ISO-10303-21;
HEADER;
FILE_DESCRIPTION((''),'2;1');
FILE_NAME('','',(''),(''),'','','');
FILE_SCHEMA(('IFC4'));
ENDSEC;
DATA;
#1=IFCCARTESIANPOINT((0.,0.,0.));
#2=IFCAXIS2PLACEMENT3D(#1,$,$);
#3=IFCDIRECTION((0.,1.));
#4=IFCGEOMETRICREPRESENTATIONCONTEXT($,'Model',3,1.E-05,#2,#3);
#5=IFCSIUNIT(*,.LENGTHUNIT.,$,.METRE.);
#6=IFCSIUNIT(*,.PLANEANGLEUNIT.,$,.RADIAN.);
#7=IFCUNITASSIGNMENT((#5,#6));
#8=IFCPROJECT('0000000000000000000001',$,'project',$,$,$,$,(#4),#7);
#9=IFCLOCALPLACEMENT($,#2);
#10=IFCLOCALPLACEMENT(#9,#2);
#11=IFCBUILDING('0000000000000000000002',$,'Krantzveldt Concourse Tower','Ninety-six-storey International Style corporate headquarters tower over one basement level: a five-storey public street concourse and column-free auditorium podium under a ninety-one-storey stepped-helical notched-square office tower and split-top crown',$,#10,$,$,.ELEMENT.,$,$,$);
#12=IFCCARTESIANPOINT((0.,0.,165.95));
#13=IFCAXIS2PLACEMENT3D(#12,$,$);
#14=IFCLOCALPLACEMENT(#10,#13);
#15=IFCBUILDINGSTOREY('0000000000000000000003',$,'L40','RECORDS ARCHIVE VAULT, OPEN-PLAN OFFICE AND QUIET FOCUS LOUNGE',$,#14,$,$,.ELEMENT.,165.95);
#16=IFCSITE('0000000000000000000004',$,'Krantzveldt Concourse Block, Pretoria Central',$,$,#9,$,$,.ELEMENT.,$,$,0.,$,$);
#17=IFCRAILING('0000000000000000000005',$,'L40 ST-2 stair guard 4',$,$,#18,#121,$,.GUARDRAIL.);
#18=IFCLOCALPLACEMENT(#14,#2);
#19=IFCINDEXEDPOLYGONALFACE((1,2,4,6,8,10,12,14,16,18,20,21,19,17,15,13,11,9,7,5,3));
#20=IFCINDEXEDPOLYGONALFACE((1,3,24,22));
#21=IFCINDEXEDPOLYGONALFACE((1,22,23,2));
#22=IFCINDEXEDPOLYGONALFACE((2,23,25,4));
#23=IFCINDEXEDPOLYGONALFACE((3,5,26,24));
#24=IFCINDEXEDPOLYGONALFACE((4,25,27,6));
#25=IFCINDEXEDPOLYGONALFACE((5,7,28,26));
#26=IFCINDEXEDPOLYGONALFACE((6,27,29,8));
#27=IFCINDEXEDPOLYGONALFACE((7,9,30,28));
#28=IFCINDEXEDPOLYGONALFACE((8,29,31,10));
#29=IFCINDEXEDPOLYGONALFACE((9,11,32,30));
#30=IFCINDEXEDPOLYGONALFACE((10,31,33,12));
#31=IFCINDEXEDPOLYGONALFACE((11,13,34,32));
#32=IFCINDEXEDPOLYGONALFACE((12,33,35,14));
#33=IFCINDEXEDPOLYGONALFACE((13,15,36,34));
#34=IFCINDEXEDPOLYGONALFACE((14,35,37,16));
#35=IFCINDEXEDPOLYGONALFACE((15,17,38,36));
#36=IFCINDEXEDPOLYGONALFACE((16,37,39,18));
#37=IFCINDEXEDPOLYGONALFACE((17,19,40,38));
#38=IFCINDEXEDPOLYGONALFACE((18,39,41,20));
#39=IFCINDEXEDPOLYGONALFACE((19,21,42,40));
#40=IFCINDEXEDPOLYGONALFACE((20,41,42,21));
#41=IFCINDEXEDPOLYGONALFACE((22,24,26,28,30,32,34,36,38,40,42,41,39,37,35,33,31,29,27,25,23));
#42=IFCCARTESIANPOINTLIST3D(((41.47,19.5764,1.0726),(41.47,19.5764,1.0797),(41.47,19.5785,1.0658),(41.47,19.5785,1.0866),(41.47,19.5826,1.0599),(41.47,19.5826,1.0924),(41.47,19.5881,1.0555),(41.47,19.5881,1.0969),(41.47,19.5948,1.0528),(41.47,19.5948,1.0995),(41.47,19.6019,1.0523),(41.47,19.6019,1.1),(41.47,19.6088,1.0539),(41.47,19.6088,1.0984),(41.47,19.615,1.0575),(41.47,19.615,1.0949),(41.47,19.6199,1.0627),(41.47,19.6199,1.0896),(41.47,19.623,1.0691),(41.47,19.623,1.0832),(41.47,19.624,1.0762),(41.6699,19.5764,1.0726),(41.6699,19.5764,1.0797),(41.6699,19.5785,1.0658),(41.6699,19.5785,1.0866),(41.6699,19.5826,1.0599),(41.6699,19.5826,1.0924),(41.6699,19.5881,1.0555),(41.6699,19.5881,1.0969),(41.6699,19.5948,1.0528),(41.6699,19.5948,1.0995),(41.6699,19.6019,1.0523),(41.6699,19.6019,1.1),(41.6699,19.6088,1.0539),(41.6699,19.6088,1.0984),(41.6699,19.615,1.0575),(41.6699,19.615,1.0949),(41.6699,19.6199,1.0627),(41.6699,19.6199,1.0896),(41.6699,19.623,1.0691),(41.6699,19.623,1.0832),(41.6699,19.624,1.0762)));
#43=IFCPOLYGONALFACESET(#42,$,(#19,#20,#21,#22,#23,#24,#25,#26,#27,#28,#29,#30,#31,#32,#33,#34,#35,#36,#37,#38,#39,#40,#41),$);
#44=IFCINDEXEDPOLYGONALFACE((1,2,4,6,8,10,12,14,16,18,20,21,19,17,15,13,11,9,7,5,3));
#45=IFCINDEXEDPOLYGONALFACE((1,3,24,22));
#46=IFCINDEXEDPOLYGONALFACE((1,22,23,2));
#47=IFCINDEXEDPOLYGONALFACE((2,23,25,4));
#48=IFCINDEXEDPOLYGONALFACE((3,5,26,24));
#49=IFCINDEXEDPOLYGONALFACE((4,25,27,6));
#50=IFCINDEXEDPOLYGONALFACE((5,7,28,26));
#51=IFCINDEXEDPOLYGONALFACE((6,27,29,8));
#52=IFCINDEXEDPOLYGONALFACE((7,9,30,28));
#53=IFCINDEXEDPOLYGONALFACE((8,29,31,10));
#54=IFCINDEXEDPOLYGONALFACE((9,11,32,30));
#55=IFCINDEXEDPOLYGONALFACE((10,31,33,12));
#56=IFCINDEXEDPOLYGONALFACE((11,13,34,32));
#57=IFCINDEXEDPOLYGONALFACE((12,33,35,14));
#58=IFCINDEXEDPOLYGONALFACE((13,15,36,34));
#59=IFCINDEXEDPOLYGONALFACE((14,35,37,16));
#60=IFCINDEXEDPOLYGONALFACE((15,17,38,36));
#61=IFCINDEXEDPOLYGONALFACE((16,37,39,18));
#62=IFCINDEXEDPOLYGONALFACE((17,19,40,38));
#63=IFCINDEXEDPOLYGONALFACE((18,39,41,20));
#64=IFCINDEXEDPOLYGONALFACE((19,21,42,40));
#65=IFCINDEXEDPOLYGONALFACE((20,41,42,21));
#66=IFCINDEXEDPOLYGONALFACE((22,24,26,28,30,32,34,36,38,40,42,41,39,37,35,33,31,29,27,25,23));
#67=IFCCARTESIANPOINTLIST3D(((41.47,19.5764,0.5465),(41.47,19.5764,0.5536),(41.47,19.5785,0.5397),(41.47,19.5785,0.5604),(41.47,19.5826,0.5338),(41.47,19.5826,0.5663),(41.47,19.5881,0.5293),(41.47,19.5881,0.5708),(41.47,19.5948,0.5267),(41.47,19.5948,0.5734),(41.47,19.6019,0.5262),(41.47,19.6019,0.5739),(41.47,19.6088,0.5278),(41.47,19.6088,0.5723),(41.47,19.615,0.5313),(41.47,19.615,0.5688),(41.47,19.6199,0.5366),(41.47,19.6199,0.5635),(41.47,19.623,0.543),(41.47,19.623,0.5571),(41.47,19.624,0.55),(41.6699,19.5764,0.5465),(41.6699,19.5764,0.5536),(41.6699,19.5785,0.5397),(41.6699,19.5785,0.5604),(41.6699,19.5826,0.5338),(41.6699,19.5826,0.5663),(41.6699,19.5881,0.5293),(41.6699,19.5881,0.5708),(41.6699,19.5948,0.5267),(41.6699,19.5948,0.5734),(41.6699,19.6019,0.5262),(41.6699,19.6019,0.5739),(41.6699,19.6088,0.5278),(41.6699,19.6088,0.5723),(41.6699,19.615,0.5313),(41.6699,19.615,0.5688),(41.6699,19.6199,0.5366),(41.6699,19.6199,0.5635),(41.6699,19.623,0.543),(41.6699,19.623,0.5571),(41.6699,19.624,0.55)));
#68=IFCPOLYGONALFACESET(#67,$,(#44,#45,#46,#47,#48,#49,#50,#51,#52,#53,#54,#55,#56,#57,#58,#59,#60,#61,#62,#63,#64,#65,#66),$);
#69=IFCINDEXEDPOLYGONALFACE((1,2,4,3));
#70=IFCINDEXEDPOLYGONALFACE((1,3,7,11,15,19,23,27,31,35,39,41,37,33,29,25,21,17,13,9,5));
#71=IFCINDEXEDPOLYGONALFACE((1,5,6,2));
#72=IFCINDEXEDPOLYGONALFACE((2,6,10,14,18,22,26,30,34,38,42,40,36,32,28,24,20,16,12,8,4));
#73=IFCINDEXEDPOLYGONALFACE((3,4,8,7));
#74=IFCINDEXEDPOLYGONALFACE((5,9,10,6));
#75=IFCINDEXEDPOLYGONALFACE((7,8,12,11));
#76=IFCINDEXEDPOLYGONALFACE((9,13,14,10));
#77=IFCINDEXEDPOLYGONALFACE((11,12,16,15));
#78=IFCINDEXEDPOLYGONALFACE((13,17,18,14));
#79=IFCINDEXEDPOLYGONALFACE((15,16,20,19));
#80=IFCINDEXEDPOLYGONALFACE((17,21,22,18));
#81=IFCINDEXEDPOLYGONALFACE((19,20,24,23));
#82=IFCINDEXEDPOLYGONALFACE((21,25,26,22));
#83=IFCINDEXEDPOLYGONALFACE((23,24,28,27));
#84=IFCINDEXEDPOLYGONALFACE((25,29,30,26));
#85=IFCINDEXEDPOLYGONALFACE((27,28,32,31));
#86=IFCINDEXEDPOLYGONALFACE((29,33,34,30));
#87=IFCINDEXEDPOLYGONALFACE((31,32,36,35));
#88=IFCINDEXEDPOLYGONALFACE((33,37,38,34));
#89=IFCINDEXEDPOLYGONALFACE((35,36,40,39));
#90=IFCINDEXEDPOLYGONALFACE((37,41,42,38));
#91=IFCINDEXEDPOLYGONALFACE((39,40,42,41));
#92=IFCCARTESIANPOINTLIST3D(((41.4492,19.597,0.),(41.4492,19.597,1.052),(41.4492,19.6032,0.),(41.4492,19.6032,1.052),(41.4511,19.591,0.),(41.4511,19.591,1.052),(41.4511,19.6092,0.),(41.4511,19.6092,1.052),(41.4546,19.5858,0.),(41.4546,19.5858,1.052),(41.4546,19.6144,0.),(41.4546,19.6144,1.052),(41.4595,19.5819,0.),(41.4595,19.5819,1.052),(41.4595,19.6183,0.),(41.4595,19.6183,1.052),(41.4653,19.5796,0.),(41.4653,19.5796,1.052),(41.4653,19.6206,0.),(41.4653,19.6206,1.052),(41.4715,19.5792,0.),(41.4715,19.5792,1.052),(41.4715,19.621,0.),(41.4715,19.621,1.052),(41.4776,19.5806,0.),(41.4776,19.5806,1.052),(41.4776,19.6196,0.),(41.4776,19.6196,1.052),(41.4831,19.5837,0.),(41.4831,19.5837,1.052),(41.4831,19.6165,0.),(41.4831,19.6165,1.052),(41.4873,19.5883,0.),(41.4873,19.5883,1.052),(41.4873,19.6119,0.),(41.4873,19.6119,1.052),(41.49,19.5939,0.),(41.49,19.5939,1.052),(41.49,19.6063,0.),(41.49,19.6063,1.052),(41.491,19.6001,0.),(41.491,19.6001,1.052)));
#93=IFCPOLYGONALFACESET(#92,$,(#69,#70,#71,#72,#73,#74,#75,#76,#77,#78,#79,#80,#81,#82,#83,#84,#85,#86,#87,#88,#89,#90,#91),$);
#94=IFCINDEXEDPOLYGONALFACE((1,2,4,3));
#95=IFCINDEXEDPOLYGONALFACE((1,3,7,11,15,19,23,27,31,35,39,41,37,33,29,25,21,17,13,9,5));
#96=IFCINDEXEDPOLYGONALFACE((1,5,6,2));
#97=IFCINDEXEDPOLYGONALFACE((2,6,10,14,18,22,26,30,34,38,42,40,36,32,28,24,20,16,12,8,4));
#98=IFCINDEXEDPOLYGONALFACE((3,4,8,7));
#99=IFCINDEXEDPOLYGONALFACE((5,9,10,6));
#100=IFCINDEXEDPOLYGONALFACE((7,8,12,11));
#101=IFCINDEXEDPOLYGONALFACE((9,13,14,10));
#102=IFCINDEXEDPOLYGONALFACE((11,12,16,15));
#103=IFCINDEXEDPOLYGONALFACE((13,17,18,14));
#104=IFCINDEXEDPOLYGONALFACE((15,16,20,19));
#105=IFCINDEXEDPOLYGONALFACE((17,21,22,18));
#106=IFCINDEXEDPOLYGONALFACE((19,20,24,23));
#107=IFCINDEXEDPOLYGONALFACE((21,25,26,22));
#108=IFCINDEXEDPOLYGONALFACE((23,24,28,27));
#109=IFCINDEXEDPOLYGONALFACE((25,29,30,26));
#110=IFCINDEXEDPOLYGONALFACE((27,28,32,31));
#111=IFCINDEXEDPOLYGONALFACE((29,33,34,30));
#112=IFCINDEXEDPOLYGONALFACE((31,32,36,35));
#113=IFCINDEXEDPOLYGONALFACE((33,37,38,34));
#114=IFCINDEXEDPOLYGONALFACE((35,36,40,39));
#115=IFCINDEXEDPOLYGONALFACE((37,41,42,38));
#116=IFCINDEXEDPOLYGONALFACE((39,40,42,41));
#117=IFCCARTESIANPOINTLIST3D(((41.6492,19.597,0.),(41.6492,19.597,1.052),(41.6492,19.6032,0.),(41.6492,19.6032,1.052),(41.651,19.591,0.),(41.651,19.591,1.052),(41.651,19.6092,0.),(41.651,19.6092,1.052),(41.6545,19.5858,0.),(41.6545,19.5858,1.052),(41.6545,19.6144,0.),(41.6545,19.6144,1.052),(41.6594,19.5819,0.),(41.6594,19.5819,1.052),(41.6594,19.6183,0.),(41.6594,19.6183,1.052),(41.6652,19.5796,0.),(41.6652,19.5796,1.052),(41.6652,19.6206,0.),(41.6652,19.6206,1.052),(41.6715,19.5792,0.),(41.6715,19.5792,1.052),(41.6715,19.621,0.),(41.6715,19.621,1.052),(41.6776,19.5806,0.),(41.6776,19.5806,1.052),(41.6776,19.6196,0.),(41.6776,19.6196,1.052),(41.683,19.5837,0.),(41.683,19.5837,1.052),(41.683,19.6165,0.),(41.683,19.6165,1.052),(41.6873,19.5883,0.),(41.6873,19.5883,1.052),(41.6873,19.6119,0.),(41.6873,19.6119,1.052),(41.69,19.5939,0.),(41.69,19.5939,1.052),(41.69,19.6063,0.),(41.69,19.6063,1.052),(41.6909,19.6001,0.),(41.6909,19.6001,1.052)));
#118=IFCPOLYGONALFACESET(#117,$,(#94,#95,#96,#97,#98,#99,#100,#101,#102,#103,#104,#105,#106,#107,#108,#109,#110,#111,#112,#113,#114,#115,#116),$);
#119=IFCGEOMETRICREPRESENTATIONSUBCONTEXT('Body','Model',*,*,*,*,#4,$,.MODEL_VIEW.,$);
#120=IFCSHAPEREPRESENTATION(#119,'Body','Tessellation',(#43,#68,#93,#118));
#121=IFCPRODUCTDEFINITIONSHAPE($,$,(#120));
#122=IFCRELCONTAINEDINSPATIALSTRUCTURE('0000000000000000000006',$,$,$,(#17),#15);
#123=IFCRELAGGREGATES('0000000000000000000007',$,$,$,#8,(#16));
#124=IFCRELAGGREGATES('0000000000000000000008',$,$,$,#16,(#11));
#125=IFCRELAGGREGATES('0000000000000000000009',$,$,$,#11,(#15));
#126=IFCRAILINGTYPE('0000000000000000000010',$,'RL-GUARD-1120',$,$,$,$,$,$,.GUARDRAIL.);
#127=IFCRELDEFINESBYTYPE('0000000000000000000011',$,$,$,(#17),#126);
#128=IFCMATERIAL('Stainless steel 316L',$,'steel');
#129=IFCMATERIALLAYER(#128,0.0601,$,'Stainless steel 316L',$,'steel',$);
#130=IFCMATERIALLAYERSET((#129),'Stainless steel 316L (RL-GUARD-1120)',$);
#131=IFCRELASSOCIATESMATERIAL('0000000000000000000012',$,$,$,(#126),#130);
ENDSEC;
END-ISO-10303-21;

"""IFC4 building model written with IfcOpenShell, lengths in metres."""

from ifc_helpers import new_model, si_unit, direction, frame, origin, origin_2d, place, context, subcontext, project, spatial, circle, extrude, material, layer, layer_set, type_object, element, save


model = new_model("IFC4")

# Units and contexts
model_context = context("Model", 3, precision=1e-05, world=origin(), true_north=direction((0.0, 1.0)))
body_context = subcontext(model_context, "Body", "Model", "MODEL_VIEW")
ifc_project = project(units=[si_unit("LENGTHUNIT", "METRE"), si_unit("PLANEANGLEUNIT", "RADIAN")], contexts=[model_context])

# Site, building, storey
site_placement = place(None, origin())
site = spatial("IfcSite", under=ifc_project, at=site_placement, Name="Krantzveldt Concourse Block, Pretoria Central", CompositionType="ELEMENT", RefElevation=0.0)
building_placement = place(site_placement, origin())
building = spatial("IfcBuilding", under=site, at=building_placement, Name="Krantzveldt Concourse Tower", Description="Ninety-six-storey International Style corporate headquarters tower over one basement level: a five-storey public street concourse and column-free auditorium podium under a ninety-one-storey stepped-helical notched-square office tower and split-top crown", CompositionType="ELEMENT")
storey_placement = place(building_placement, frame((0.0, 0.0, 165.95)))
storey = spatial("IfcBuildingStorey", under=building, at=storey_placement, Name="L40", Description="RECORDS ARCHIVE VAULT, OPEN-PLAN OFFICE AND QUIET FOCUS LOUNGE", CompositionType="ELEMENT", Elevation=165.95)

# Shared definitions
ifc_material_1 = material(Name="Stainless steel 316L", Category="steel")

# Railing
ifc_layer_1 = layer(ifc_material_1, 0.0601, Name="Stainless steel 316L", Category="steel")
ifc_layer_set_1 = layer_set([ifc_layer_1], Name="Stainless steel 316L (RL-GUARD-1120)")
railing_type_1 = type_object("IfcRailingType", Name="RL-GUARD-1120", PredefinedType="GUARDRAIL", material=ifc_layer_set_1)
railing_1_placement = place(storey_placement, frame((41.47, 19.6001, 0.0)))
element("IfcRailing", 1, at=railing_1_placement, inside=storey, type_object=railing_type_1, Name="L40 ST-2 stair guard 4", PredefinedType="GUARDRAIL", context=body_context, shape_type="SweptSolid", body=[
    extrude(circle(Radius=0.0239, at=origin_2d()), frame((0.0, 0.0, 1.0762), z_axis=(1.0, 0.0, 0.0), x_axis=(0.0, 1.0, 0.0)), (0.0, 0.0, 1.0), 0.2),
    extrude(circle(Radius=0.0239, at=origin_2d()), frame((0.0, 0.0, 0.55), z_axis=(1.0, 0.0, 0.0), x_axis=(0.0, 1.0, 0.0)), (0.0, 0.0, 1.0), 0.2),
    extrude(circle(Radius=0.021, at=origin_2d()), origin(), (0.0, 0.0, 1.0), 1.052),
    extrude(circle(Radius=0.021, at=origin_2d()), frame((0.2, 0.0, 0.0)), (0.0, 0.0, 1.0), 1.052),
])

save(model, "model.ifc")
